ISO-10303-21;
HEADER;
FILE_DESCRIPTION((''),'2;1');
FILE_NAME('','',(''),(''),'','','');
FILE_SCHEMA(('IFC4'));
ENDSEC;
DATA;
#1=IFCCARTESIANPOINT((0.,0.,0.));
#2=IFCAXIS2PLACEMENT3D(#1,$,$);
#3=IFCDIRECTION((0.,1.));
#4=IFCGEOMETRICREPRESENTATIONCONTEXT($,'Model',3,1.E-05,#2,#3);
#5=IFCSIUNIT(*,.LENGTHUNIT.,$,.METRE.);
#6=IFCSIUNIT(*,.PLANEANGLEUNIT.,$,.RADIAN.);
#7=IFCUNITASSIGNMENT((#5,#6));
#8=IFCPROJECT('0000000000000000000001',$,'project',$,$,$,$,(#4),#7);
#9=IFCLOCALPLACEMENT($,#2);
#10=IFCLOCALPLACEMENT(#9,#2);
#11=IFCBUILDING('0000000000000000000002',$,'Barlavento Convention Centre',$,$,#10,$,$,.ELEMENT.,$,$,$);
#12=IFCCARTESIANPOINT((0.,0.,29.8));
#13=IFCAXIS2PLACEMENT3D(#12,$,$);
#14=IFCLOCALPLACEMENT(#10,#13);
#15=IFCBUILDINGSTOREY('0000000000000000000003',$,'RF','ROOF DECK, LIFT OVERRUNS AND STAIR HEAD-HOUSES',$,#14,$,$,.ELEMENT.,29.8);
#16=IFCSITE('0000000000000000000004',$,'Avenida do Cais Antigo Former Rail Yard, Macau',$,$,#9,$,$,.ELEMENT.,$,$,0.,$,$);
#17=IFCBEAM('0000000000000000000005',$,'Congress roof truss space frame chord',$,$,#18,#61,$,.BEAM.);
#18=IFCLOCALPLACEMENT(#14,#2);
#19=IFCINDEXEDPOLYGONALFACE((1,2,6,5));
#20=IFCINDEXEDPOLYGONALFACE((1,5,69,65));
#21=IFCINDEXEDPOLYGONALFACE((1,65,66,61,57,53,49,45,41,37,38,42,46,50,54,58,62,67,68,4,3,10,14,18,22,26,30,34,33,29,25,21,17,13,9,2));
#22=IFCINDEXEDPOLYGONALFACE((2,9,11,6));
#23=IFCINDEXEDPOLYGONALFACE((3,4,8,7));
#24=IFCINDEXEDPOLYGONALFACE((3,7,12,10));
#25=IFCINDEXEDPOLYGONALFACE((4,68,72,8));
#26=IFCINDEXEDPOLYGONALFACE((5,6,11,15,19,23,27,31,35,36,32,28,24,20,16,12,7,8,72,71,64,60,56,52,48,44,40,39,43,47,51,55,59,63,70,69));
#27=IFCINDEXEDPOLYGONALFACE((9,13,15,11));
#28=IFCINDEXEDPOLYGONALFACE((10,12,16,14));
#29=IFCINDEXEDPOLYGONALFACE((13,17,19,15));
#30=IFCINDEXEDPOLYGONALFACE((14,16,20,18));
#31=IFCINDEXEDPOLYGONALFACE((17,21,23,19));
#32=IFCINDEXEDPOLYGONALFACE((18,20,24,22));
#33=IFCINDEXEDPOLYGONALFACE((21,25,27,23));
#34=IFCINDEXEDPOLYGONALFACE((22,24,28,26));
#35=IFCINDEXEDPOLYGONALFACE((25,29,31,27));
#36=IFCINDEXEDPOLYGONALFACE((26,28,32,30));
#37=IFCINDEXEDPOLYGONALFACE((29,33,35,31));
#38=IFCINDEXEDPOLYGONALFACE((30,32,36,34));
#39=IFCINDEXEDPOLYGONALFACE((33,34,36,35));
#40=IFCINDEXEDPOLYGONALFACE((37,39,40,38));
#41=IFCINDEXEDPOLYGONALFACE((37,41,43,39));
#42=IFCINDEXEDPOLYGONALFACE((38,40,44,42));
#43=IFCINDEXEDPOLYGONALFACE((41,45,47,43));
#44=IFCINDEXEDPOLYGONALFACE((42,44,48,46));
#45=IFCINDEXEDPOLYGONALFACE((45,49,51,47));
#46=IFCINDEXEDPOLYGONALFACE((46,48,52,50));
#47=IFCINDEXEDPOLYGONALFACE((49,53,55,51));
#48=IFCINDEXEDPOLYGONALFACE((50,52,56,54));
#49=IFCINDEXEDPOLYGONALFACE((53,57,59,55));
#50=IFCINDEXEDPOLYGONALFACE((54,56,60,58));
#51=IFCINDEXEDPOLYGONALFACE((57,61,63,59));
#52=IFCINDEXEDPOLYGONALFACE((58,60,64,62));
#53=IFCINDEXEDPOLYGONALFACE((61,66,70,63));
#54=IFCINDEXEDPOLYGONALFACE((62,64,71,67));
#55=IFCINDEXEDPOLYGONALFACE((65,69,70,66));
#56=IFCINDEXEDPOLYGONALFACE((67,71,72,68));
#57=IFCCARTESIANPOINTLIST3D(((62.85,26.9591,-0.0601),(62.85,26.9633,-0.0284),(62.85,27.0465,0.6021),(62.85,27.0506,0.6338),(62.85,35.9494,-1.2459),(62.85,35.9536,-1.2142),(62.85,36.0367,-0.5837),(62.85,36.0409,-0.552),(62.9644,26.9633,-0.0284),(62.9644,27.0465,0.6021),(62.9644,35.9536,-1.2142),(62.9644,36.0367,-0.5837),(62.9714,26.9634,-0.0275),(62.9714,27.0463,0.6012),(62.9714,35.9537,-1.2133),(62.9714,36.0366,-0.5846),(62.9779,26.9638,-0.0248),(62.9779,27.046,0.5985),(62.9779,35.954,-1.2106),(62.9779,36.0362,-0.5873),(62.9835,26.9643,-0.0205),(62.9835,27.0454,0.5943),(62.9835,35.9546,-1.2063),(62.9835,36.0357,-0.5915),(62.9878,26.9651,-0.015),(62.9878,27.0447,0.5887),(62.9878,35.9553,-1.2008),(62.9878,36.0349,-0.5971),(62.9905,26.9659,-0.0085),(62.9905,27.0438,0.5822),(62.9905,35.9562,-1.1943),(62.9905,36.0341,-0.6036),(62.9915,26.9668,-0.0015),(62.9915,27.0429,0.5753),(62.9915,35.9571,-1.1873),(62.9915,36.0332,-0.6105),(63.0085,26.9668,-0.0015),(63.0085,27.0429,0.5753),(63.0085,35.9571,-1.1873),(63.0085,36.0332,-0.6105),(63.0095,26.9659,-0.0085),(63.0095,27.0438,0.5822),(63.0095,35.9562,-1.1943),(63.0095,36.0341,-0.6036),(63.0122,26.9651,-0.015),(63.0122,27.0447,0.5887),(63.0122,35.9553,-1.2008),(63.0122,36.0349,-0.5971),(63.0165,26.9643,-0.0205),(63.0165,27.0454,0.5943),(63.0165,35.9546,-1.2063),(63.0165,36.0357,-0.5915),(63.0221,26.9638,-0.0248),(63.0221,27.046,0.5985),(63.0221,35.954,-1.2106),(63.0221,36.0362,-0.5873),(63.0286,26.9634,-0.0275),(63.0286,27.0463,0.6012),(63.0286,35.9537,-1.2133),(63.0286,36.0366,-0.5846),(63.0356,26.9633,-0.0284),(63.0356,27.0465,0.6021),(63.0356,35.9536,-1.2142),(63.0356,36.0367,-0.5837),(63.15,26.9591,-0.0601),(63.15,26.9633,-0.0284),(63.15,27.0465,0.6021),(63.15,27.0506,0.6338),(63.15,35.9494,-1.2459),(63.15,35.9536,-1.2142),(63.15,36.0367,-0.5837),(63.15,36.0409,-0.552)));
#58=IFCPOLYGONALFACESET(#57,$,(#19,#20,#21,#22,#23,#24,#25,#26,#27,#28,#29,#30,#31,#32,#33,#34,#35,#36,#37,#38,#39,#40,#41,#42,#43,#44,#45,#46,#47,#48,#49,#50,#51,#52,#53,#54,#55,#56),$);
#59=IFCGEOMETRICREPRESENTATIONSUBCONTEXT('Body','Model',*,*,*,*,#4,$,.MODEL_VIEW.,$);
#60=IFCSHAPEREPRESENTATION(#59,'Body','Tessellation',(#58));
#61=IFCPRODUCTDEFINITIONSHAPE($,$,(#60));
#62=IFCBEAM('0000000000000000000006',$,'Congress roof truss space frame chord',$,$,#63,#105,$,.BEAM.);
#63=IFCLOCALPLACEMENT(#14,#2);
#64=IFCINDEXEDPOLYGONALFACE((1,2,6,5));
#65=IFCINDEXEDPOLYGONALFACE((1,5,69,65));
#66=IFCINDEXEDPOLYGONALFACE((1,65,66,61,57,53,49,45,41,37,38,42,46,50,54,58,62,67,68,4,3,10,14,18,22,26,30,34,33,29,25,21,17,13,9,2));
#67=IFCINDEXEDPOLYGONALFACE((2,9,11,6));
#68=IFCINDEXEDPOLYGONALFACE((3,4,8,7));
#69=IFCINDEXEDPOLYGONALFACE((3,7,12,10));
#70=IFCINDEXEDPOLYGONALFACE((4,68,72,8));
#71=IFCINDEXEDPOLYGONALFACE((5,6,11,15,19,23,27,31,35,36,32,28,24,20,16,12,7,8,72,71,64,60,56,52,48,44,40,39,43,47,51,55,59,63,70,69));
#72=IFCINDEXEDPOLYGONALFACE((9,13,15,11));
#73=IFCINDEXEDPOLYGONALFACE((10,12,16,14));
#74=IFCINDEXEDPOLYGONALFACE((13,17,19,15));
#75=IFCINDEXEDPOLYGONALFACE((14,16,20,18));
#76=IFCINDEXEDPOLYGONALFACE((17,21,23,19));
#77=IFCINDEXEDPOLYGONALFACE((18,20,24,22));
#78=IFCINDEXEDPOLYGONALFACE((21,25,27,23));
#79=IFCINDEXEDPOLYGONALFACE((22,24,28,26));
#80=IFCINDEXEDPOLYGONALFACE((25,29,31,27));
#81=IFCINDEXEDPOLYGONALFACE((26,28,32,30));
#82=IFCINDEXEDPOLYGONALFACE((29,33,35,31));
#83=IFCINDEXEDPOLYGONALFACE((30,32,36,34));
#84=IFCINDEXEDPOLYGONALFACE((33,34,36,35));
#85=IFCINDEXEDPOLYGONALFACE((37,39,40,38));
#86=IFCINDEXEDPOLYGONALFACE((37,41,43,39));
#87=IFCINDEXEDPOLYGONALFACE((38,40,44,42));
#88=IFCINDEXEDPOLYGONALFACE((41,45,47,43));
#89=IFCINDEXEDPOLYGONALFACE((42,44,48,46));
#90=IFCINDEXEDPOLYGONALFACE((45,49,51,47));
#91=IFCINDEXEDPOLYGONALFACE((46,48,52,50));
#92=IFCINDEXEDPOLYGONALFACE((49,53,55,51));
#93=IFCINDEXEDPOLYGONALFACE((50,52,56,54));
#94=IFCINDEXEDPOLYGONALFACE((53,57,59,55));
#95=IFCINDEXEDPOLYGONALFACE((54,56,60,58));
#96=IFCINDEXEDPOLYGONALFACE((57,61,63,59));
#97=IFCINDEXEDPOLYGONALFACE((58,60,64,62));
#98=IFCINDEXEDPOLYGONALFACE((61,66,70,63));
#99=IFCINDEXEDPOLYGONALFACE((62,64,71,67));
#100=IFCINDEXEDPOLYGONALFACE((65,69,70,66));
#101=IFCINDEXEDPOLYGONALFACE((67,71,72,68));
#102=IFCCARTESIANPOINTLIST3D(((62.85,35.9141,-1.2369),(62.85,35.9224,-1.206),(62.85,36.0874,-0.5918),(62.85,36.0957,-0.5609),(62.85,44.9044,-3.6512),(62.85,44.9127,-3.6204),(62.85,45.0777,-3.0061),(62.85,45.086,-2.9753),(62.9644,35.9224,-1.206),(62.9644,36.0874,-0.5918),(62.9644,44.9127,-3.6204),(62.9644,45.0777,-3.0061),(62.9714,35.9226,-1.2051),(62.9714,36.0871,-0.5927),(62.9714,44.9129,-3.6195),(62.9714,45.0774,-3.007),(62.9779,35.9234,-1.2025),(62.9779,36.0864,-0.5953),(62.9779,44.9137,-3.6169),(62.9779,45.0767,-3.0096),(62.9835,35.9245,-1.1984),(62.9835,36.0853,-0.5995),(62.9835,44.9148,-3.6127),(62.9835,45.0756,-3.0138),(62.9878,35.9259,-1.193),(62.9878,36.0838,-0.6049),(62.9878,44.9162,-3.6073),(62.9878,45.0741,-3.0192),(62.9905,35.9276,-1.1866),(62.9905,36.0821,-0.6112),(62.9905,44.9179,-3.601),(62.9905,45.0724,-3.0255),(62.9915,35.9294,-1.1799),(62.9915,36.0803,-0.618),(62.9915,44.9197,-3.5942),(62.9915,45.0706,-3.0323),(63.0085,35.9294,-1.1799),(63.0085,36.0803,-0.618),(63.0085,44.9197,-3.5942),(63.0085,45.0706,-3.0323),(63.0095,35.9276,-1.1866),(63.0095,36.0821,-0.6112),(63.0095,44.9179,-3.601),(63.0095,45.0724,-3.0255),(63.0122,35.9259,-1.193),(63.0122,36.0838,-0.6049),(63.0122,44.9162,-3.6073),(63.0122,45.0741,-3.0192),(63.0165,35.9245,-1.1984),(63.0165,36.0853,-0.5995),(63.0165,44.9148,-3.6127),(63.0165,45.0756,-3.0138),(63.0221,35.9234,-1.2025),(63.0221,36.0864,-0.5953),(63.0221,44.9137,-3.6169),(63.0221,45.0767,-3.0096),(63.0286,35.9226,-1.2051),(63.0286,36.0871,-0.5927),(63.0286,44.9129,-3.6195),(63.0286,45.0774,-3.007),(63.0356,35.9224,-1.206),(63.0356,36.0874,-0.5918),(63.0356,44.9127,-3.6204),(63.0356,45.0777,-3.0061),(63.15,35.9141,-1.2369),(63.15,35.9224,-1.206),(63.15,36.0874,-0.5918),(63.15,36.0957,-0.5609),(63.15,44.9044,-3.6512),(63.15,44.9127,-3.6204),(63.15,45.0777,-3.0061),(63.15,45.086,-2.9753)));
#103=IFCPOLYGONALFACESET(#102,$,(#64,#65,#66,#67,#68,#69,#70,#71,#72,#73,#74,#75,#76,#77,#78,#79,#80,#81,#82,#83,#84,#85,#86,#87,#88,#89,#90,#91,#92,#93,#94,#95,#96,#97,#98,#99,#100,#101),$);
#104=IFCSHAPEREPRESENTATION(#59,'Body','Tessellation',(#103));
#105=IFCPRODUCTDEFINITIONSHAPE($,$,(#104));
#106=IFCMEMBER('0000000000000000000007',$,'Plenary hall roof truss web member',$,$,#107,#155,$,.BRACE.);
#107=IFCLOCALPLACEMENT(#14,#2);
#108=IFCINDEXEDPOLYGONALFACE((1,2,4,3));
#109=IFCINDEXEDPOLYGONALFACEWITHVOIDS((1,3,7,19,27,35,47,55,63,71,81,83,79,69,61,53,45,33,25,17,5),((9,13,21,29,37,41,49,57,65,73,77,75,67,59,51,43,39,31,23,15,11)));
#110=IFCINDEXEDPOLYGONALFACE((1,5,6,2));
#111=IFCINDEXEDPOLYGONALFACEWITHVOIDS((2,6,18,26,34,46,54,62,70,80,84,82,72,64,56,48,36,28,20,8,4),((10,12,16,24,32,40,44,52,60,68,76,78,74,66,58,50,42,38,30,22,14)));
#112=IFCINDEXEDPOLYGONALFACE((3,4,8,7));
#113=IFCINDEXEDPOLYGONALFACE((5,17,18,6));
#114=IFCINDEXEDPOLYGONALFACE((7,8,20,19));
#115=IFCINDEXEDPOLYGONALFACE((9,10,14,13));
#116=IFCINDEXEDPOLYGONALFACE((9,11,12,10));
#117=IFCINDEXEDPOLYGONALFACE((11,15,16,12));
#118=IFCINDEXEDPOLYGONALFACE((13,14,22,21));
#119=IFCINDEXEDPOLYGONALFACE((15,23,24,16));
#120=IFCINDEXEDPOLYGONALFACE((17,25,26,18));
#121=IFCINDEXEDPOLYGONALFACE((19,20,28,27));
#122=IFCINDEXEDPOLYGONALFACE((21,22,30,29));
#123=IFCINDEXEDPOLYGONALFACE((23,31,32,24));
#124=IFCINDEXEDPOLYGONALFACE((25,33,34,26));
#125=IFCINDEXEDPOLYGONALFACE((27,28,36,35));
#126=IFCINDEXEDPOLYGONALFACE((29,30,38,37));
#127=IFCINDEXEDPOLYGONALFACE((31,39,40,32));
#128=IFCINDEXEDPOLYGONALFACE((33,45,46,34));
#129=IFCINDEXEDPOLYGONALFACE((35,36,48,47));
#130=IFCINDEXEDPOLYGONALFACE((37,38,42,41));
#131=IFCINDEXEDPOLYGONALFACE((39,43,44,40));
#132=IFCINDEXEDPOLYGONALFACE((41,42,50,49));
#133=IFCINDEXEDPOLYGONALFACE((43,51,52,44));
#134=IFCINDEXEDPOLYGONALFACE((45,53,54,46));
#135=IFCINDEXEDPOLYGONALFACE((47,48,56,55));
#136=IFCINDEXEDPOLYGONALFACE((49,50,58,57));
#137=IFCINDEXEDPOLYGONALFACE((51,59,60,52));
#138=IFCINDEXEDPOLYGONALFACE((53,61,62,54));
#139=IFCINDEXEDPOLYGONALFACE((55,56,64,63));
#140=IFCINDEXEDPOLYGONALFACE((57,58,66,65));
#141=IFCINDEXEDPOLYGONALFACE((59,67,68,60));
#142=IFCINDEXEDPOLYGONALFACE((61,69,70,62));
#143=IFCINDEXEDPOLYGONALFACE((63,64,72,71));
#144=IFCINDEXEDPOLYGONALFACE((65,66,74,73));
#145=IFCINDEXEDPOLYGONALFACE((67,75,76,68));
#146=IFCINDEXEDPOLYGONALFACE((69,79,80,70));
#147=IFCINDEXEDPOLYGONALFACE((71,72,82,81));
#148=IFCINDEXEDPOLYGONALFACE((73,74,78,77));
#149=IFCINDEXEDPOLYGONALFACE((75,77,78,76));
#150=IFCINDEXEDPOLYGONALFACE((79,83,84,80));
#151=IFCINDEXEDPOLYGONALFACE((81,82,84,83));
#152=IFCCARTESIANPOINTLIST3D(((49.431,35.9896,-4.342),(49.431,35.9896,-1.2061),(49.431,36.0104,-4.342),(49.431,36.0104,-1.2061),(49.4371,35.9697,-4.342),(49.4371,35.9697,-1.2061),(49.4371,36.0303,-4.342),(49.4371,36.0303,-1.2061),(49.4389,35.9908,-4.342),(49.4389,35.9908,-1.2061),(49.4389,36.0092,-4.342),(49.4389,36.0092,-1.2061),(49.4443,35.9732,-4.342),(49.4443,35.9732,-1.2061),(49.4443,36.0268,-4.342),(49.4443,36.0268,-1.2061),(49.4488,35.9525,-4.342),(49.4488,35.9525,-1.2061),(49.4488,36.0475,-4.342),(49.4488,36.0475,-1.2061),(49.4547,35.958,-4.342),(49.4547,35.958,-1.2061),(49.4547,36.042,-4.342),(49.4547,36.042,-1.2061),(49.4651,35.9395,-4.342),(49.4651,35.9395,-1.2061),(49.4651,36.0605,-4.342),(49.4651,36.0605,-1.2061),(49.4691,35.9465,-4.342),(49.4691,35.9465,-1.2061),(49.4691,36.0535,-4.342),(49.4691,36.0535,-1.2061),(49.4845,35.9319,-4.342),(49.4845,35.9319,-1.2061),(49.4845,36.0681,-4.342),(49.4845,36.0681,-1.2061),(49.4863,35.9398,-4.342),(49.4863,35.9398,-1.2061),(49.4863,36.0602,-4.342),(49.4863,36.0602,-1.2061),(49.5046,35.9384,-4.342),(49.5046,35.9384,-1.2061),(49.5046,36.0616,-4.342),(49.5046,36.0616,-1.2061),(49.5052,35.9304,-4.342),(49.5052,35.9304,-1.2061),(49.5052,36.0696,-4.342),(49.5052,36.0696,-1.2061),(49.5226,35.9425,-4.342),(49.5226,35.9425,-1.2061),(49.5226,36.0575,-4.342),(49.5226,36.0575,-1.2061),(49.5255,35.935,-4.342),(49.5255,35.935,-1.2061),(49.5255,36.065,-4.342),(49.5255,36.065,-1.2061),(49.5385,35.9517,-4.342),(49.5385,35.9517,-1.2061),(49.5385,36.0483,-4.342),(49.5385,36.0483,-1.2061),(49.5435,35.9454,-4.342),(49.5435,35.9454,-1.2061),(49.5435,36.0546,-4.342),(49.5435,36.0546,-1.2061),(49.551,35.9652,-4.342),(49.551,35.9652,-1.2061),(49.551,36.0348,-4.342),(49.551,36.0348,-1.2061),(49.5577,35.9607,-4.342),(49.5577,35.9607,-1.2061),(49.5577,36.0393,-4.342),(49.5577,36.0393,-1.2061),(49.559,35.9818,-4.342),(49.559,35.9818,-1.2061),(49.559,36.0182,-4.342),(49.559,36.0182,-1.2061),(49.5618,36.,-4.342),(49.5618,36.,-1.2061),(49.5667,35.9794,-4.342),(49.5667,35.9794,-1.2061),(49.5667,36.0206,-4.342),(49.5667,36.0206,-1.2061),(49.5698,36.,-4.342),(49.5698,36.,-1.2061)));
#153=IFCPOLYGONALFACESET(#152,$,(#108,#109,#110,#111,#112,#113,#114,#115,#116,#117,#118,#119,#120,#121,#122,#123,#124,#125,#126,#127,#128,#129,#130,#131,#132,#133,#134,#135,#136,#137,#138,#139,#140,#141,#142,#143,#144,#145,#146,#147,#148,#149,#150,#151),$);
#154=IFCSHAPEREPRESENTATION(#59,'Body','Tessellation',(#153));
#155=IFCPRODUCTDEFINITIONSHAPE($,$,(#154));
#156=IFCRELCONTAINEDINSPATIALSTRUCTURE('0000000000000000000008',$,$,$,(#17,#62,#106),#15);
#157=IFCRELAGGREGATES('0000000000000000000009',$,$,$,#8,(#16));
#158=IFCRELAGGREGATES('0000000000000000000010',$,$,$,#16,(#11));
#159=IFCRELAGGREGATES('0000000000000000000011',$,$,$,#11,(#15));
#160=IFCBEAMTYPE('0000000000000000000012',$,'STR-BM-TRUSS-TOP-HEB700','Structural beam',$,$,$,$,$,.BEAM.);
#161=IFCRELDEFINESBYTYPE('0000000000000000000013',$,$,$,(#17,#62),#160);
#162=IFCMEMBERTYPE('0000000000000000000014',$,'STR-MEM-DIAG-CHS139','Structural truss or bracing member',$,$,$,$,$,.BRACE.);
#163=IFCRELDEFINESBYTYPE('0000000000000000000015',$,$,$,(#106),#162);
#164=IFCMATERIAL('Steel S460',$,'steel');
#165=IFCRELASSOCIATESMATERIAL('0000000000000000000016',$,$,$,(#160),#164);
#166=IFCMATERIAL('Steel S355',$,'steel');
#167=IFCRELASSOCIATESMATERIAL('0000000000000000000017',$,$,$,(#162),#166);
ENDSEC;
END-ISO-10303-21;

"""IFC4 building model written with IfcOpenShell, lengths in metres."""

from ifc_helpers import new_model, si_unit, direction, frame, origin, origin_2d, place, context, subcontext, project, spatial, hollow_circle, i_section, extrude, material, material_profile, profile_set, type_object, element, save


model = new_model("IFC4")

# Units and contexts
model_context = context("Model", 3, precision=1e-05, world=origin(), true_north=direction((0.0, 1.0)))
body_context = subcontext(model_context, "Body", "Model", "MODEL_VIEW")
ifc_project = project(units=[si_unit("LENGTHUNIT", "METRE"), si_unit("PLANEANGLEUNIT", "RADIAN")], contexts=[model_context])

# Site, building, storey
site_placement = place(None, origin())
site = spatial("IfcSite", under=ifc_project, at=site_placement, Name="Avenida do Cais Antigo Former Rail Yard, Macau", CompositionType="ELEMENT", RefElevation=0.0)
building_placement = place(site_placement, origin())
building = spatial("IfcBuilding", under=site, at=building_placement, Name="Barlavento Convention Centre", CompositionType="ELEMENT")
storey_placement = place(building_placement, frame((0.0, 0.0, 29.8)))
storey = spatial("IfcBuildingStorey", under=building, at=storey_placement, Name="RF", Description="ROOF DECK, LIFT OVERRUNS AND STAIR HEAD-HOUSES", CompositionType="ELEMENT", Elevation=29.8)

# Beams
ifc_material_1 = material(Name="Steel S460", Category="steel")
ifc_material_profile_1 = material_profile(ifc_material_1, i_section(OverallWidth=0.3, OverallDepth=0.7, WebThickness=0.0171, FlangeThickness=0.032, FilletRadius=0.0271, at=origin_2d()), Name="HEB 700")
ifc_profile_set_1 = profile_set([ifc_material_profile_1], Name="Steel S460")
beam_type = type_object("IfcBeamType", Name="STR-BM-TRUSS-TOP-HEB700", Description="Structural beam", PredefinedType="BEAM", material=ifc_profile_set_1)
beam_1_placement = place(storey_placement, frame((63.0, 27.0049, 0.2869), z_axis=(0.0, 0.991413, -0.130765), x_axis=(-1.0, 0.0, 0.0)))
element("IfcBeam", 1, at=beam_1_placement, inside=storey, type_object=beam_type, Name="Congress roof truss space frame chord", PredefinedType="BEAM", context=body_context, shape_type="SweptSolid", body=[
    extrude(i_section(OverallWidth=0.3, OverallDepth=0.7, WebThickness=0.0171, FlangeThickness=0.032, FilletRadius=0.0271, at=origin_2d()), origin(), (0.0, 0.0, 1.0), 9.0681),
])
beam_2_placement = place(storey_placement, frame((63.0, 36.0049, -0.8989), z_axis=(0.0, 0.965781, -0.259358), x_axis=(-1.0, 0.0, 0.0)))
element("IfcBeam", 2, at=beam_2_placement, inside=storey, type_object=beam_type, Name="Congress roof truss space frame chord", PredefinedType="BEAM", context=body_context, shape_type="SweptSolid", body=[
    extrude(i_section(OverallWidth=0.3, OverallDepth=0.7, WebThickness=0.0171, FlangeThickness=0.032, FilletRadius=0.0271, at=origin_2d()), origin(), (0.0, 0.0, 1.0), 9.3088),
])

# Member
ifc_material_2 = material(Name="Steel S355", Category="steel")
ifc_material_profile_2 = material_profile(ifc_material_2, hollow_circle(Radius=0.0698, WallThickness=0.0081, at=origin_2d()), Name="CHS 139.7x8.0")
ifc_profile_set_2 = profile_set([ifc_material_profile_2], Name="Steel S355")
member_type_1 = type_object("IfcMemberType", Name="STR-MEM-DIAG-CHS139", Description="Structural truss or bracing member", PredefinedType="BRACE", material=ifc_profile_set_2)
member_1_placement = place(storey_placement, frame((49.5, 36.0, -4.342), z_axis=(0.0, 0.0, 1.0), x_axis=(1.0, 0.0, 0.0)))
element("IfcMember", 3, at=member_1_placement, inside=storey, type_object=member_type_1, Name="Plenary hall roof truss web member", PredefinedType="BRACE", context=body_context, shape_type="SweptSolid", body=[
    extrude(hollow_circle(Radius=0.0698, WallThickness=0.0081, at=origin_2d()), origin(), (0.0, 0.0, 1.0), 3.136),
])

save(model, "model.ifc")
